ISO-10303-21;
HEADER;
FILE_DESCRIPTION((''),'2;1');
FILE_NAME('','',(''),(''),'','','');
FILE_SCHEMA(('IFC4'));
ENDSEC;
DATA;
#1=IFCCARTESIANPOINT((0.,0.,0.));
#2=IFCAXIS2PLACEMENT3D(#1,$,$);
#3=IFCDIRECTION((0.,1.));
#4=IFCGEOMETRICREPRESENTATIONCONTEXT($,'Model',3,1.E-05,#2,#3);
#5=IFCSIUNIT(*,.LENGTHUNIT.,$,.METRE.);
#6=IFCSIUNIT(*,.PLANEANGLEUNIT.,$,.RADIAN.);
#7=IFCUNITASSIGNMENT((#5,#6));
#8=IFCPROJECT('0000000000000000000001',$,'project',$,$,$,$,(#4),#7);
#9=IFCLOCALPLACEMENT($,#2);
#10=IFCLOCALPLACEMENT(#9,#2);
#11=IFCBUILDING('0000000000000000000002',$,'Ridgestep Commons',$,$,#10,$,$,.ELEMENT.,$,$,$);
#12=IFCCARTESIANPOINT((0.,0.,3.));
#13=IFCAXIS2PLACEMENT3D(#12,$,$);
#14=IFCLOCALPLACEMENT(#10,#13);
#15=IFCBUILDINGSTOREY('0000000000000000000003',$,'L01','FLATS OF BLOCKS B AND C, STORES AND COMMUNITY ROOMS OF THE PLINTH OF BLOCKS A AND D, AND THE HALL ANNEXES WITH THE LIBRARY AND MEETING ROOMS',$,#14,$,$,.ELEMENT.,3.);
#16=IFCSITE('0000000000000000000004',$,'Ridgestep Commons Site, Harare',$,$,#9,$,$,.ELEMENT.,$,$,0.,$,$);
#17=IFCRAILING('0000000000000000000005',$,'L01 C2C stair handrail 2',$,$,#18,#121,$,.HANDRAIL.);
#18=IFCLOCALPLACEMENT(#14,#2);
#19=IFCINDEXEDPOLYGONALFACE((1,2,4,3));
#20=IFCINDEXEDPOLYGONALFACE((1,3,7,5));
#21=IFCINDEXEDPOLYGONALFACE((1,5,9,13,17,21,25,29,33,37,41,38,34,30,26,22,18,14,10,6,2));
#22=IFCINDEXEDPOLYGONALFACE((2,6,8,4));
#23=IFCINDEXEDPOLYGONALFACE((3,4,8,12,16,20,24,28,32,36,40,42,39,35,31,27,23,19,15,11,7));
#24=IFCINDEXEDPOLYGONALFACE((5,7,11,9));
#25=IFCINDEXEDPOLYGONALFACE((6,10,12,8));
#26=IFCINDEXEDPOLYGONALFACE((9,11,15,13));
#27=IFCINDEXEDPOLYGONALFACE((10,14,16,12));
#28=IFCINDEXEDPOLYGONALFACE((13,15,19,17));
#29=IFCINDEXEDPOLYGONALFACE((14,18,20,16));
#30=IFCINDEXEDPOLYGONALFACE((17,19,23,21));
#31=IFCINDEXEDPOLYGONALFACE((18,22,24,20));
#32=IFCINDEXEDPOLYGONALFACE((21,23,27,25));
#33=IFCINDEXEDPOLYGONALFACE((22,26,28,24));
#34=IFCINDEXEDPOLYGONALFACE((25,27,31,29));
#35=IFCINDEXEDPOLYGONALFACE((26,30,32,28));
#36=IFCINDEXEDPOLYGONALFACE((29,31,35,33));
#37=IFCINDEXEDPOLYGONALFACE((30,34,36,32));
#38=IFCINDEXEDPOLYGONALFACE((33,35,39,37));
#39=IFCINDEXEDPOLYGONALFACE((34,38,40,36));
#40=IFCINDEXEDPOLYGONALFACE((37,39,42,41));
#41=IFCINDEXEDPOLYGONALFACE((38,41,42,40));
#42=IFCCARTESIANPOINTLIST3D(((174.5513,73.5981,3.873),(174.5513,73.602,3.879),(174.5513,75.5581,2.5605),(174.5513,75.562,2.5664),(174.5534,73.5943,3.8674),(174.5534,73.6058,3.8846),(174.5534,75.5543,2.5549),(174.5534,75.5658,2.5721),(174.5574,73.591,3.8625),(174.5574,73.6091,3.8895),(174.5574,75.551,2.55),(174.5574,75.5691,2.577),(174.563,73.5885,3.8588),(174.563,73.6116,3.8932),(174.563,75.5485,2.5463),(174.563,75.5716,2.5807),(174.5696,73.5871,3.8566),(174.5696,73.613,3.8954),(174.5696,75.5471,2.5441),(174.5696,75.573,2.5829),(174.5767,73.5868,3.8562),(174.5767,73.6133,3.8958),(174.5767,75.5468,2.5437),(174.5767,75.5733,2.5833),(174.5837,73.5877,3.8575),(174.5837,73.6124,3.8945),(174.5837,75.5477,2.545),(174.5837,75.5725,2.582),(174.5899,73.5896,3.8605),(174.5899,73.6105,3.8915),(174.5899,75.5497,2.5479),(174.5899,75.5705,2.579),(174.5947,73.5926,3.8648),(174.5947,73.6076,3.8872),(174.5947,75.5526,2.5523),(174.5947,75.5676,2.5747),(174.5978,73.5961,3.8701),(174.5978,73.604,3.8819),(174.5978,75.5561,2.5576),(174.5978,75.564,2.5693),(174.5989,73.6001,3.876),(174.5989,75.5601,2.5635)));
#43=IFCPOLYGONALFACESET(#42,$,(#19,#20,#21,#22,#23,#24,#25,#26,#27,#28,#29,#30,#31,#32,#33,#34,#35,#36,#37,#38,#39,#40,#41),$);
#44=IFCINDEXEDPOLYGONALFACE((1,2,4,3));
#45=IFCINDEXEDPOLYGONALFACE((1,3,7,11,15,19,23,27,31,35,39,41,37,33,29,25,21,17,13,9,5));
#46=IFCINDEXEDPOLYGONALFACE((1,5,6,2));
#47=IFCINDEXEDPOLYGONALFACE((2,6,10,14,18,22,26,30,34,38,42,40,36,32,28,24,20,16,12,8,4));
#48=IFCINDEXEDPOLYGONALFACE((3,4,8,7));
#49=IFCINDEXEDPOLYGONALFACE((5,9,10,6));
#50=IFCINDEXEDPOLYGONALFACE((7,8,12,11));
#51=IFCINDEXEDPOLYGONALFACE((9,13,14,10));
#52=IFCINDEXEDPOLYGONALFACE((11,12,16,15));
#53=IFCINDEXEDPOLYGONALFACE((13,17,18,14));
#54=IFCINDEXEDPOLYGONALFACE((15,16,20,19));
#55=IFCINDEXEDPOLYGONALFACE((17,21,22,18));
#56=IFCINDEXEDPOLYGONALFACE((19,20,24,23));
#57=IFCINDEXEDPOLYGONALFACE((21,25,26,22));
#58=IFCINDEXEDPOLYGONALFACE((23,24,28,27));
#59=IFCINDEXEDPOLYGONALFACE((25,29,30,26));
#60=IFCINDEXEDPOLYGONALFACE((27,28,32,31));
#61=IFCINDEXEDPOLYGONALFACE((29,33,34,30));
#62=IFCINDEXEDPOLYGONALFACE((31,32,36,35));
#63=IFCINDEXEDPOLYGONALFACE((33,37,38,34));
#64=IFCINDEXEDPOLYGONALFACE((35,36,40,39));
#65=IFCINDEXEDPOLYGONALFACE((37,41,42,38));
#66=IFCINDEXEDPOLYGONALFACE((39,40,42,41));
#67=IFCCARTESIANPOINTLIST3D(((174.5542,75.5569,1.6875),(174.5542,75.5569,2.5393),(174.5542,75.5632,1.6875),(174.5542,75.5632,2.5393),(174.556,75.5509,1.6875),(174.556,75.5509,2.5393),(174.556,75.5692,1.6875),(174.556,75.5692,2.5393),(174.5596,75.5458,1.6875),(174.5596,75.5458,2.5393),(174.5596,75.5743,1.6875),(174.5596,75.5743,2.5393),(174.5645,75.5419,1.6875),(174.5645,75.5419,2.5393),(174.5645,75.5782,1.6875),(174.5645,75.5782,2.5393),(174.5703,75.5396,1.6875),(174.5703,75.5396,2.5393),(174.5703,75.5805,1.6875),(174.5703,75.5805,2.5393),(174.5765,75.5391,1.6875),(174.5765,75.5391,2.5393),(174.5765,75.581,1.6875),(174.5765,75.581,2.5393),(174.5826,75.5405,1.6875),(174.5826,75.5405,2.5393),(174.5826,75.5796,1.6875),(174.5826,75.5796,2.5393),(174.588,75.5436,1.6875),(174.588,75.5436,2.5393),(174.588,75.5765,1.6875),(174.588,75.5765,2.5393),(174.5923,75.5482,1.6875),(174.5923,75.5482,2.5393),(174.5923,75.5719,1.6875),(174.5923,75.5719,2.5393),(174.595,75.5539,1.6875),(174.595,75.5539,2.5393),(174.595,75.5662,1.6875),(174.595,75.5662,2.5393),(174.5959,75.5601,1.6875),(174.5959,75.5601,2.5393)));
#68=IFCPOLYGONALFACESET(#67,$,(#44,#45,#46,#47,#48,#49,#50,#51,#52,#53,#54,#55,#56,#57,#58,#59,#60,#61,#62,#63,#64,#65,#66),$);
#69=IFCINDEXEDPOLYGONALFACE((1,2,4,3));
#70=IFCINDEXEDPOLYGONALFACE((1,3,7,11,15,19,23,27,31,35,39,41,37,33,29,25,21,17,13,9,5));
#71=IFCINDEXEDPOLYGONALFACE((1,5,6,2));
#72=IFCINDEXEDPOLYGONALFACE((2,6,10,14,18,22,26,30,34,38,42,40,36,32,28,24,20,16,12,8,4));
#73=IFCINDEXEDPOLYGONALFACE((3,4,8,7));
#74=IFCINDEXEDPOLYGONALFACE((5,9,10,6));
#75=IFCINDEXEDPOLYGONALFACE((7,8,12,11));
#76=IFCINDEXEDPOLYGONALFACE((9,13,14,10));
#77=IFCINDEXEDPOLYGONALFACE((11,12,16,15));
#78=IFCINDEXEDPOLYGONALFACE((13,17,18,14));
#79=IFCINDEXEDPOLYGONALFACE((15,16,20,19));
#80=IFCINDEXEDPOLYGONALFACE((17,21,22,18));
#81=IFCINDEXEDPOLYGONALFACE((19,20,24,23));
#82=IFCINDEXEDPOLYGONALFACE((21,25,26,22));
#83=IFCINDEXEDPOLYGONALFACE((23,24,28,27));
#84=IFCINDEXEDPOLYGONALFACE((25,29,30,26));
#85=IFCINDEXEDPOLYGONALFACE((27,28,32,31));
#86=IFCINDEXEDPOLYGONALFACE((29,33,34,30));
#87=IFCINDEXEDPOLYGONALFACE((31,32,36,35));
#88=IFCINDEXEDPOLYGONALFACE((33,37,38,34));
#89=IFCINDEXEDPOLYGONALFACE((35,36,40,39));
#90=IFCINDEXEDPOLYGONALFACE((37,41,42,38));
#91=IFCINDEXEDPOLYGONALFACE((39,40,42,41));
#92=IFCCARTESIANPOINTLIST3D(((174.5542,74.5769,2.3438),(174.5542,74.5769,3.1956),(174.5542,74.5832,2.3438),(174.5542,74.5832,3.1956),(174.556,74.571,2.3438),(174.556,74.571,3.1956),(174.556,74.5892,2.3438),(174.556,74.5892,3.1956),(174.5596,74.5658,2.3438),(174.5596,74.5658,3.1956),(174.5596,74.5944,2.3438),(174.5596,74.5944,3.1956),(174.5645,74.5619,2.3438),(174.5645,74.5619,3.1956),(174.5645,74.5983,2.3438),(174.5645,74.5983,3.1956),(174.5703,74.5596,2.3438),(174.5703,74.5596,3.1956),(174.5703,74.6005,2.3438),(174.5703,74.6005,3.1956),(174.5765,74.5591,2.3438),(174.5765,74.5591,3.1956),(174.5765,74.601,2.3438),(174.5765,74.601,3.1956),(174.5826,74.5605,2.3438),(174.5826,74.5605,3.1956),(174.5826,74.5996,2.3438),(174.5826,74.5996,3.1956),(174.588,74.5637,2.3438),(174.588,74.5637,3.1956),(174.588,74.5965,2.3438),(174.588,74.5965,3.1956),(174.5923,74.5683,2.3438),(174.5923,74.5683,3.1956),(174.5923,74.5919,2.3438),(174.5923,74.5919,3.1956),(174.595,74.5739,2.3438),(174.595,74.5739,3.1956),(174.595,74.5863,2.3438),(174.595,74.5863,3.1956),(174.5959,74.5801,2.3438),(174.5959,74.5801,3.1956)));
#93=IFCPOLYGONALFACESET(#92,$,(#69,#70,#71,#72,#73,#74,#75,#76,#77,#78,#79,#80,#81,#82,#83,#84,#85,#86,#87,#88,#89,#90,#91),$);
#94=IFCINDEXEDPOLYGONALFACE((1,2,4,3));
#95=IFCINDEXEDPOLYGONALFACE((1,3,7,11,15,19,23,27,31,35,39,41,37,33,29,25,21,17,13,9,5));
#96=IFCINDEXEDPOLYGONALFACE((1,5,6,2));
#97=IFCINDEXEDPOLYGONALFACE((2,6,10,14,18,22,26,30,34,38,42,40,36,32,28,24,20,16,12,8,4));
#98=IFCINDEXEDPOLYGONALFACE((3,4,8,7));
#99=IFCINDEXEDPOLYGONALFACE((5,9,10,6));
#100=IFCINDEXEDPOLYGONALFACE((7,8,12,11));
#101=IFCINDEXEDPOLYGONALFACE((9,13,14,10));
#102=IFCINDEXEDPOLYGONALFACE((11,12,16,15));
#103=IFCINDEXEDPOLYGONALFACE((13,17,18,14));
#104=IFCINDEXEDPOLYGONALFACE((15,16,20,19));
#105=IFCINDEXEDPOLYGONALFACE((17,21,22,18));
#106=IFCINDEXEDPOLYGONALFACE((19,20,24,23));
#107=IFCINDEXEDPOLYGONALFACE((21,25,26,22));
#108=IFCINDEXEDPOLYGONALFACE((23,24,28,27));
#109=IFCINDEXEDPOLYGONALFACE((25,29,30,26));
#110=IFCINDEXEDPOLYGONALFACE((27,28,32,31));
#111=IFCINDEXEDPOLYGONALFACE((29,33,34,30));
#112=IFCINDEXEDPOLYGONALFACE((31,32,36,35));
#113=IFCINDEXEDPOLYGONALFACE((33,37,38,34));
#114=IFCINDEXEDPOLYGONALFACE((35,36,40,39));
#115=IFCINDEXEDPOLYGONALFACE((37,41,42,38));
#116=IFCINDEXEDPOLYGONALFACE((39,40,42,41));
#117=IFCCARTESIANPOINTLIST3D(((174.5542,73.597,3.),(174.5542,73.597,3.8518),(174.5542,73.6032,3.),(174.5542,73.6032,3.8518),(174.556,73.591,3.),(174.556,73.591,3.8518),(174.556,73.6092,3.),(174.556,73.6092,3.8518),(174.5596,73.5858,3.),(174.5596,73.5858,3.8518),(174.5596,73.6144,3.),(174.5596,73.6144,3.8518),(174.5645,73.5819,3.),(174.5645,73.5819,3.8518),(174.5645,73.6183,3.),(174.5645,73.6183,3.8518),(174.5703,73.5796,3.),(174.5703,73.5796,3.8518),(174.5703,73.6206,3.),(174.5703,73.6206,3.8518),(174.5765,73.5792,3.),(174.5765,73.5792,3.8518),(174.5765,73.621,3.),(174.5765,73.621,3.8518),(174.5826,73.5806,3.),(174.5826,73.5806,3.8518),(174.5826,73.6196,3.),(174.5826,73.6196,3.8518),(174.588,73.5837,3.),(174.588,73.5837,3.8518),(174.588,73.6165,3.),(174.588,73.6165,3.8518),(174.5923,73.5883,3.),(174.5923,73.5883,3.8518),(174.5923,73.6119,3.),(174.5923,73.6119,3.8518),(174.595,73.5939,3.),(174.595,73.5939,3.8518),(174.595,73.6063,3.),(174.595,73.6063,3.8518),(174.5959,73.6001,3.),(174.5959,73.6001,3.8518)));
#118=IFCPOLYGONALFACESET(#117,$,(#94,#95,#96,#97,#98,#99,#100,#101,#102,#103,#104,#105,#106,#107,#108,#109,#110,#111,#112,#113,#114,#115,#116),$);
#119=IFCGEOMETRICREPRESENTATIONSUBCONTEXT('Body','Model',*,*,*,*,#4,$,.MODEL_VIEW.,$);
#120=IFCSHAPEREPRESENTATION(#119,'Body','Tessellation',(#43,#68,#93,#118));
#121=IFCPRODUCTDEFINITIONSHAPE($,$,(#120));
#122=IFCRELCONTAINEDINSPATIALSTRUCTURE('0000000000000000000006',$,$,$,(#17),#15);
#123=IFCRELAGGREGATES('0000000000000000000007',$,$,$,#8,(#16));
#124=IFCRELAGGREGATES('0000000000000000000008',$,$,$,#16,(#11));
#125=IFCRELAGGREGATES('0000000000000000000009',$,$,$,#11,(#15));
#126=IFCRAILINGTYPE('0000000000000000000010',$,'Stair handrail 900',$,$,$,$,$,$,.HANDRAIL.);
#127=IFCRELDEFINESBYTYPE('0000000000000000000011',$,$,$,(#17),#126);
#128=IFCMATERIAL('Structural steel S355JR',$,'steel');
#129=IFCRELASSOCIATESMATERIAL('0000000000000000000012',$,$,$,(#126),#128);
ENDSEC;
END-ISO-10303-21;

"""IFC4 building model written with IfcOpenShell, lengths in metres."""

from ifc_helpers import new_model, si_unit, direction, frame, origin, origin_2d, place, context, subcontext, project, spatial, circle, extrude, material, type_object, element, save


model = new_model("IFC4")

# Units and contexts
model_context = context("Model", 3, precision=1e-05, world=origin(), true_north=direction((0.0, 1.0)))
body_context = subcontext(model_context, "Body", "Model", "MODEL_VIEW")
ifc_project = project(units=[si_unit("LENGTHUNIT", "METRE"), si_unit("PLANEANGLEUNIT", "RADIAN")], contexts=[model_context])

# Site, building, storey
site_placement = place(None, origin())
site = spatial("IfcSite", under=ifc_project, at=site_placement, Name="Ridgestep Commons Site, Harare", CompositionType="ELEMENT", RefElevation=0.0)
building_placement = place(site_placement, origin())
building = spatial("IfcBuilding", under=site, at=building_placement, Name="Ridgestep Commons", CompositionType="ELEMENT")
storey_placement = place(building_placement, frame((0.0, 0.0, 3.0)))
storey = spatial("IfcBuildingStorey", under=building, at=storey_placement, Name="L01", Description="FLATS OF BLOCKS B AND C, STORES AND COMMUNITY ROOMS OF THE PLINTH OF BLOCKS A AND D, AND THE HALL ANNEXES WITH THE LIBRARY AND MEETING ROOMS", CompositionType="ELEMENT", Elevation=3.0)

# Railing
ifc_material_1 = material(Name="Structural steel S355JR", Category="steel")
railing_type_1 = type_object("IfcRailingType", Name="Stair handrail 900", PredefinedType="HANDRAIL", material=ifc_material_1)
railing_1_placement = place(storey_placement, frame((174.575, 75.5601, 1.6875)))
element("IfcRailing", 1, at=railing_1_placement, inside=storey, type_object=railing_type_1, Name="L01 C2C stair handrail 2", PredefinedType="HANDRAIL", context=body_context, shape_type="SweptSolid", body=[
    extrude(circle(Radius=0.0239, at=origin_2d()), frame((0.0, 0.0, 0.876), z_axis=(0.0, -0.830902, 0.556419), x_axis=(1.0, 0.0, 0.0)), (0.0, 0.0, 1.0), 2.3589),
    extrude(circle(Radius=0.021, at=origin_2d()), origin(), (0.0, 0.0, 1.0), 0.8518),
    extrude(circle(Radius=0.021, at=origin_2d()), frame((0.0, -0.98, 0.6562)), (0.0, 0.0, 1.0), 0.8518),
    extrude(circle(Radius=0.021, at=origin_2d()), frame((0.0, -1.96, 1.3125)), (0.0, 0.0, 1.0), 0.8518),
])

save(model, "model.ifc")
